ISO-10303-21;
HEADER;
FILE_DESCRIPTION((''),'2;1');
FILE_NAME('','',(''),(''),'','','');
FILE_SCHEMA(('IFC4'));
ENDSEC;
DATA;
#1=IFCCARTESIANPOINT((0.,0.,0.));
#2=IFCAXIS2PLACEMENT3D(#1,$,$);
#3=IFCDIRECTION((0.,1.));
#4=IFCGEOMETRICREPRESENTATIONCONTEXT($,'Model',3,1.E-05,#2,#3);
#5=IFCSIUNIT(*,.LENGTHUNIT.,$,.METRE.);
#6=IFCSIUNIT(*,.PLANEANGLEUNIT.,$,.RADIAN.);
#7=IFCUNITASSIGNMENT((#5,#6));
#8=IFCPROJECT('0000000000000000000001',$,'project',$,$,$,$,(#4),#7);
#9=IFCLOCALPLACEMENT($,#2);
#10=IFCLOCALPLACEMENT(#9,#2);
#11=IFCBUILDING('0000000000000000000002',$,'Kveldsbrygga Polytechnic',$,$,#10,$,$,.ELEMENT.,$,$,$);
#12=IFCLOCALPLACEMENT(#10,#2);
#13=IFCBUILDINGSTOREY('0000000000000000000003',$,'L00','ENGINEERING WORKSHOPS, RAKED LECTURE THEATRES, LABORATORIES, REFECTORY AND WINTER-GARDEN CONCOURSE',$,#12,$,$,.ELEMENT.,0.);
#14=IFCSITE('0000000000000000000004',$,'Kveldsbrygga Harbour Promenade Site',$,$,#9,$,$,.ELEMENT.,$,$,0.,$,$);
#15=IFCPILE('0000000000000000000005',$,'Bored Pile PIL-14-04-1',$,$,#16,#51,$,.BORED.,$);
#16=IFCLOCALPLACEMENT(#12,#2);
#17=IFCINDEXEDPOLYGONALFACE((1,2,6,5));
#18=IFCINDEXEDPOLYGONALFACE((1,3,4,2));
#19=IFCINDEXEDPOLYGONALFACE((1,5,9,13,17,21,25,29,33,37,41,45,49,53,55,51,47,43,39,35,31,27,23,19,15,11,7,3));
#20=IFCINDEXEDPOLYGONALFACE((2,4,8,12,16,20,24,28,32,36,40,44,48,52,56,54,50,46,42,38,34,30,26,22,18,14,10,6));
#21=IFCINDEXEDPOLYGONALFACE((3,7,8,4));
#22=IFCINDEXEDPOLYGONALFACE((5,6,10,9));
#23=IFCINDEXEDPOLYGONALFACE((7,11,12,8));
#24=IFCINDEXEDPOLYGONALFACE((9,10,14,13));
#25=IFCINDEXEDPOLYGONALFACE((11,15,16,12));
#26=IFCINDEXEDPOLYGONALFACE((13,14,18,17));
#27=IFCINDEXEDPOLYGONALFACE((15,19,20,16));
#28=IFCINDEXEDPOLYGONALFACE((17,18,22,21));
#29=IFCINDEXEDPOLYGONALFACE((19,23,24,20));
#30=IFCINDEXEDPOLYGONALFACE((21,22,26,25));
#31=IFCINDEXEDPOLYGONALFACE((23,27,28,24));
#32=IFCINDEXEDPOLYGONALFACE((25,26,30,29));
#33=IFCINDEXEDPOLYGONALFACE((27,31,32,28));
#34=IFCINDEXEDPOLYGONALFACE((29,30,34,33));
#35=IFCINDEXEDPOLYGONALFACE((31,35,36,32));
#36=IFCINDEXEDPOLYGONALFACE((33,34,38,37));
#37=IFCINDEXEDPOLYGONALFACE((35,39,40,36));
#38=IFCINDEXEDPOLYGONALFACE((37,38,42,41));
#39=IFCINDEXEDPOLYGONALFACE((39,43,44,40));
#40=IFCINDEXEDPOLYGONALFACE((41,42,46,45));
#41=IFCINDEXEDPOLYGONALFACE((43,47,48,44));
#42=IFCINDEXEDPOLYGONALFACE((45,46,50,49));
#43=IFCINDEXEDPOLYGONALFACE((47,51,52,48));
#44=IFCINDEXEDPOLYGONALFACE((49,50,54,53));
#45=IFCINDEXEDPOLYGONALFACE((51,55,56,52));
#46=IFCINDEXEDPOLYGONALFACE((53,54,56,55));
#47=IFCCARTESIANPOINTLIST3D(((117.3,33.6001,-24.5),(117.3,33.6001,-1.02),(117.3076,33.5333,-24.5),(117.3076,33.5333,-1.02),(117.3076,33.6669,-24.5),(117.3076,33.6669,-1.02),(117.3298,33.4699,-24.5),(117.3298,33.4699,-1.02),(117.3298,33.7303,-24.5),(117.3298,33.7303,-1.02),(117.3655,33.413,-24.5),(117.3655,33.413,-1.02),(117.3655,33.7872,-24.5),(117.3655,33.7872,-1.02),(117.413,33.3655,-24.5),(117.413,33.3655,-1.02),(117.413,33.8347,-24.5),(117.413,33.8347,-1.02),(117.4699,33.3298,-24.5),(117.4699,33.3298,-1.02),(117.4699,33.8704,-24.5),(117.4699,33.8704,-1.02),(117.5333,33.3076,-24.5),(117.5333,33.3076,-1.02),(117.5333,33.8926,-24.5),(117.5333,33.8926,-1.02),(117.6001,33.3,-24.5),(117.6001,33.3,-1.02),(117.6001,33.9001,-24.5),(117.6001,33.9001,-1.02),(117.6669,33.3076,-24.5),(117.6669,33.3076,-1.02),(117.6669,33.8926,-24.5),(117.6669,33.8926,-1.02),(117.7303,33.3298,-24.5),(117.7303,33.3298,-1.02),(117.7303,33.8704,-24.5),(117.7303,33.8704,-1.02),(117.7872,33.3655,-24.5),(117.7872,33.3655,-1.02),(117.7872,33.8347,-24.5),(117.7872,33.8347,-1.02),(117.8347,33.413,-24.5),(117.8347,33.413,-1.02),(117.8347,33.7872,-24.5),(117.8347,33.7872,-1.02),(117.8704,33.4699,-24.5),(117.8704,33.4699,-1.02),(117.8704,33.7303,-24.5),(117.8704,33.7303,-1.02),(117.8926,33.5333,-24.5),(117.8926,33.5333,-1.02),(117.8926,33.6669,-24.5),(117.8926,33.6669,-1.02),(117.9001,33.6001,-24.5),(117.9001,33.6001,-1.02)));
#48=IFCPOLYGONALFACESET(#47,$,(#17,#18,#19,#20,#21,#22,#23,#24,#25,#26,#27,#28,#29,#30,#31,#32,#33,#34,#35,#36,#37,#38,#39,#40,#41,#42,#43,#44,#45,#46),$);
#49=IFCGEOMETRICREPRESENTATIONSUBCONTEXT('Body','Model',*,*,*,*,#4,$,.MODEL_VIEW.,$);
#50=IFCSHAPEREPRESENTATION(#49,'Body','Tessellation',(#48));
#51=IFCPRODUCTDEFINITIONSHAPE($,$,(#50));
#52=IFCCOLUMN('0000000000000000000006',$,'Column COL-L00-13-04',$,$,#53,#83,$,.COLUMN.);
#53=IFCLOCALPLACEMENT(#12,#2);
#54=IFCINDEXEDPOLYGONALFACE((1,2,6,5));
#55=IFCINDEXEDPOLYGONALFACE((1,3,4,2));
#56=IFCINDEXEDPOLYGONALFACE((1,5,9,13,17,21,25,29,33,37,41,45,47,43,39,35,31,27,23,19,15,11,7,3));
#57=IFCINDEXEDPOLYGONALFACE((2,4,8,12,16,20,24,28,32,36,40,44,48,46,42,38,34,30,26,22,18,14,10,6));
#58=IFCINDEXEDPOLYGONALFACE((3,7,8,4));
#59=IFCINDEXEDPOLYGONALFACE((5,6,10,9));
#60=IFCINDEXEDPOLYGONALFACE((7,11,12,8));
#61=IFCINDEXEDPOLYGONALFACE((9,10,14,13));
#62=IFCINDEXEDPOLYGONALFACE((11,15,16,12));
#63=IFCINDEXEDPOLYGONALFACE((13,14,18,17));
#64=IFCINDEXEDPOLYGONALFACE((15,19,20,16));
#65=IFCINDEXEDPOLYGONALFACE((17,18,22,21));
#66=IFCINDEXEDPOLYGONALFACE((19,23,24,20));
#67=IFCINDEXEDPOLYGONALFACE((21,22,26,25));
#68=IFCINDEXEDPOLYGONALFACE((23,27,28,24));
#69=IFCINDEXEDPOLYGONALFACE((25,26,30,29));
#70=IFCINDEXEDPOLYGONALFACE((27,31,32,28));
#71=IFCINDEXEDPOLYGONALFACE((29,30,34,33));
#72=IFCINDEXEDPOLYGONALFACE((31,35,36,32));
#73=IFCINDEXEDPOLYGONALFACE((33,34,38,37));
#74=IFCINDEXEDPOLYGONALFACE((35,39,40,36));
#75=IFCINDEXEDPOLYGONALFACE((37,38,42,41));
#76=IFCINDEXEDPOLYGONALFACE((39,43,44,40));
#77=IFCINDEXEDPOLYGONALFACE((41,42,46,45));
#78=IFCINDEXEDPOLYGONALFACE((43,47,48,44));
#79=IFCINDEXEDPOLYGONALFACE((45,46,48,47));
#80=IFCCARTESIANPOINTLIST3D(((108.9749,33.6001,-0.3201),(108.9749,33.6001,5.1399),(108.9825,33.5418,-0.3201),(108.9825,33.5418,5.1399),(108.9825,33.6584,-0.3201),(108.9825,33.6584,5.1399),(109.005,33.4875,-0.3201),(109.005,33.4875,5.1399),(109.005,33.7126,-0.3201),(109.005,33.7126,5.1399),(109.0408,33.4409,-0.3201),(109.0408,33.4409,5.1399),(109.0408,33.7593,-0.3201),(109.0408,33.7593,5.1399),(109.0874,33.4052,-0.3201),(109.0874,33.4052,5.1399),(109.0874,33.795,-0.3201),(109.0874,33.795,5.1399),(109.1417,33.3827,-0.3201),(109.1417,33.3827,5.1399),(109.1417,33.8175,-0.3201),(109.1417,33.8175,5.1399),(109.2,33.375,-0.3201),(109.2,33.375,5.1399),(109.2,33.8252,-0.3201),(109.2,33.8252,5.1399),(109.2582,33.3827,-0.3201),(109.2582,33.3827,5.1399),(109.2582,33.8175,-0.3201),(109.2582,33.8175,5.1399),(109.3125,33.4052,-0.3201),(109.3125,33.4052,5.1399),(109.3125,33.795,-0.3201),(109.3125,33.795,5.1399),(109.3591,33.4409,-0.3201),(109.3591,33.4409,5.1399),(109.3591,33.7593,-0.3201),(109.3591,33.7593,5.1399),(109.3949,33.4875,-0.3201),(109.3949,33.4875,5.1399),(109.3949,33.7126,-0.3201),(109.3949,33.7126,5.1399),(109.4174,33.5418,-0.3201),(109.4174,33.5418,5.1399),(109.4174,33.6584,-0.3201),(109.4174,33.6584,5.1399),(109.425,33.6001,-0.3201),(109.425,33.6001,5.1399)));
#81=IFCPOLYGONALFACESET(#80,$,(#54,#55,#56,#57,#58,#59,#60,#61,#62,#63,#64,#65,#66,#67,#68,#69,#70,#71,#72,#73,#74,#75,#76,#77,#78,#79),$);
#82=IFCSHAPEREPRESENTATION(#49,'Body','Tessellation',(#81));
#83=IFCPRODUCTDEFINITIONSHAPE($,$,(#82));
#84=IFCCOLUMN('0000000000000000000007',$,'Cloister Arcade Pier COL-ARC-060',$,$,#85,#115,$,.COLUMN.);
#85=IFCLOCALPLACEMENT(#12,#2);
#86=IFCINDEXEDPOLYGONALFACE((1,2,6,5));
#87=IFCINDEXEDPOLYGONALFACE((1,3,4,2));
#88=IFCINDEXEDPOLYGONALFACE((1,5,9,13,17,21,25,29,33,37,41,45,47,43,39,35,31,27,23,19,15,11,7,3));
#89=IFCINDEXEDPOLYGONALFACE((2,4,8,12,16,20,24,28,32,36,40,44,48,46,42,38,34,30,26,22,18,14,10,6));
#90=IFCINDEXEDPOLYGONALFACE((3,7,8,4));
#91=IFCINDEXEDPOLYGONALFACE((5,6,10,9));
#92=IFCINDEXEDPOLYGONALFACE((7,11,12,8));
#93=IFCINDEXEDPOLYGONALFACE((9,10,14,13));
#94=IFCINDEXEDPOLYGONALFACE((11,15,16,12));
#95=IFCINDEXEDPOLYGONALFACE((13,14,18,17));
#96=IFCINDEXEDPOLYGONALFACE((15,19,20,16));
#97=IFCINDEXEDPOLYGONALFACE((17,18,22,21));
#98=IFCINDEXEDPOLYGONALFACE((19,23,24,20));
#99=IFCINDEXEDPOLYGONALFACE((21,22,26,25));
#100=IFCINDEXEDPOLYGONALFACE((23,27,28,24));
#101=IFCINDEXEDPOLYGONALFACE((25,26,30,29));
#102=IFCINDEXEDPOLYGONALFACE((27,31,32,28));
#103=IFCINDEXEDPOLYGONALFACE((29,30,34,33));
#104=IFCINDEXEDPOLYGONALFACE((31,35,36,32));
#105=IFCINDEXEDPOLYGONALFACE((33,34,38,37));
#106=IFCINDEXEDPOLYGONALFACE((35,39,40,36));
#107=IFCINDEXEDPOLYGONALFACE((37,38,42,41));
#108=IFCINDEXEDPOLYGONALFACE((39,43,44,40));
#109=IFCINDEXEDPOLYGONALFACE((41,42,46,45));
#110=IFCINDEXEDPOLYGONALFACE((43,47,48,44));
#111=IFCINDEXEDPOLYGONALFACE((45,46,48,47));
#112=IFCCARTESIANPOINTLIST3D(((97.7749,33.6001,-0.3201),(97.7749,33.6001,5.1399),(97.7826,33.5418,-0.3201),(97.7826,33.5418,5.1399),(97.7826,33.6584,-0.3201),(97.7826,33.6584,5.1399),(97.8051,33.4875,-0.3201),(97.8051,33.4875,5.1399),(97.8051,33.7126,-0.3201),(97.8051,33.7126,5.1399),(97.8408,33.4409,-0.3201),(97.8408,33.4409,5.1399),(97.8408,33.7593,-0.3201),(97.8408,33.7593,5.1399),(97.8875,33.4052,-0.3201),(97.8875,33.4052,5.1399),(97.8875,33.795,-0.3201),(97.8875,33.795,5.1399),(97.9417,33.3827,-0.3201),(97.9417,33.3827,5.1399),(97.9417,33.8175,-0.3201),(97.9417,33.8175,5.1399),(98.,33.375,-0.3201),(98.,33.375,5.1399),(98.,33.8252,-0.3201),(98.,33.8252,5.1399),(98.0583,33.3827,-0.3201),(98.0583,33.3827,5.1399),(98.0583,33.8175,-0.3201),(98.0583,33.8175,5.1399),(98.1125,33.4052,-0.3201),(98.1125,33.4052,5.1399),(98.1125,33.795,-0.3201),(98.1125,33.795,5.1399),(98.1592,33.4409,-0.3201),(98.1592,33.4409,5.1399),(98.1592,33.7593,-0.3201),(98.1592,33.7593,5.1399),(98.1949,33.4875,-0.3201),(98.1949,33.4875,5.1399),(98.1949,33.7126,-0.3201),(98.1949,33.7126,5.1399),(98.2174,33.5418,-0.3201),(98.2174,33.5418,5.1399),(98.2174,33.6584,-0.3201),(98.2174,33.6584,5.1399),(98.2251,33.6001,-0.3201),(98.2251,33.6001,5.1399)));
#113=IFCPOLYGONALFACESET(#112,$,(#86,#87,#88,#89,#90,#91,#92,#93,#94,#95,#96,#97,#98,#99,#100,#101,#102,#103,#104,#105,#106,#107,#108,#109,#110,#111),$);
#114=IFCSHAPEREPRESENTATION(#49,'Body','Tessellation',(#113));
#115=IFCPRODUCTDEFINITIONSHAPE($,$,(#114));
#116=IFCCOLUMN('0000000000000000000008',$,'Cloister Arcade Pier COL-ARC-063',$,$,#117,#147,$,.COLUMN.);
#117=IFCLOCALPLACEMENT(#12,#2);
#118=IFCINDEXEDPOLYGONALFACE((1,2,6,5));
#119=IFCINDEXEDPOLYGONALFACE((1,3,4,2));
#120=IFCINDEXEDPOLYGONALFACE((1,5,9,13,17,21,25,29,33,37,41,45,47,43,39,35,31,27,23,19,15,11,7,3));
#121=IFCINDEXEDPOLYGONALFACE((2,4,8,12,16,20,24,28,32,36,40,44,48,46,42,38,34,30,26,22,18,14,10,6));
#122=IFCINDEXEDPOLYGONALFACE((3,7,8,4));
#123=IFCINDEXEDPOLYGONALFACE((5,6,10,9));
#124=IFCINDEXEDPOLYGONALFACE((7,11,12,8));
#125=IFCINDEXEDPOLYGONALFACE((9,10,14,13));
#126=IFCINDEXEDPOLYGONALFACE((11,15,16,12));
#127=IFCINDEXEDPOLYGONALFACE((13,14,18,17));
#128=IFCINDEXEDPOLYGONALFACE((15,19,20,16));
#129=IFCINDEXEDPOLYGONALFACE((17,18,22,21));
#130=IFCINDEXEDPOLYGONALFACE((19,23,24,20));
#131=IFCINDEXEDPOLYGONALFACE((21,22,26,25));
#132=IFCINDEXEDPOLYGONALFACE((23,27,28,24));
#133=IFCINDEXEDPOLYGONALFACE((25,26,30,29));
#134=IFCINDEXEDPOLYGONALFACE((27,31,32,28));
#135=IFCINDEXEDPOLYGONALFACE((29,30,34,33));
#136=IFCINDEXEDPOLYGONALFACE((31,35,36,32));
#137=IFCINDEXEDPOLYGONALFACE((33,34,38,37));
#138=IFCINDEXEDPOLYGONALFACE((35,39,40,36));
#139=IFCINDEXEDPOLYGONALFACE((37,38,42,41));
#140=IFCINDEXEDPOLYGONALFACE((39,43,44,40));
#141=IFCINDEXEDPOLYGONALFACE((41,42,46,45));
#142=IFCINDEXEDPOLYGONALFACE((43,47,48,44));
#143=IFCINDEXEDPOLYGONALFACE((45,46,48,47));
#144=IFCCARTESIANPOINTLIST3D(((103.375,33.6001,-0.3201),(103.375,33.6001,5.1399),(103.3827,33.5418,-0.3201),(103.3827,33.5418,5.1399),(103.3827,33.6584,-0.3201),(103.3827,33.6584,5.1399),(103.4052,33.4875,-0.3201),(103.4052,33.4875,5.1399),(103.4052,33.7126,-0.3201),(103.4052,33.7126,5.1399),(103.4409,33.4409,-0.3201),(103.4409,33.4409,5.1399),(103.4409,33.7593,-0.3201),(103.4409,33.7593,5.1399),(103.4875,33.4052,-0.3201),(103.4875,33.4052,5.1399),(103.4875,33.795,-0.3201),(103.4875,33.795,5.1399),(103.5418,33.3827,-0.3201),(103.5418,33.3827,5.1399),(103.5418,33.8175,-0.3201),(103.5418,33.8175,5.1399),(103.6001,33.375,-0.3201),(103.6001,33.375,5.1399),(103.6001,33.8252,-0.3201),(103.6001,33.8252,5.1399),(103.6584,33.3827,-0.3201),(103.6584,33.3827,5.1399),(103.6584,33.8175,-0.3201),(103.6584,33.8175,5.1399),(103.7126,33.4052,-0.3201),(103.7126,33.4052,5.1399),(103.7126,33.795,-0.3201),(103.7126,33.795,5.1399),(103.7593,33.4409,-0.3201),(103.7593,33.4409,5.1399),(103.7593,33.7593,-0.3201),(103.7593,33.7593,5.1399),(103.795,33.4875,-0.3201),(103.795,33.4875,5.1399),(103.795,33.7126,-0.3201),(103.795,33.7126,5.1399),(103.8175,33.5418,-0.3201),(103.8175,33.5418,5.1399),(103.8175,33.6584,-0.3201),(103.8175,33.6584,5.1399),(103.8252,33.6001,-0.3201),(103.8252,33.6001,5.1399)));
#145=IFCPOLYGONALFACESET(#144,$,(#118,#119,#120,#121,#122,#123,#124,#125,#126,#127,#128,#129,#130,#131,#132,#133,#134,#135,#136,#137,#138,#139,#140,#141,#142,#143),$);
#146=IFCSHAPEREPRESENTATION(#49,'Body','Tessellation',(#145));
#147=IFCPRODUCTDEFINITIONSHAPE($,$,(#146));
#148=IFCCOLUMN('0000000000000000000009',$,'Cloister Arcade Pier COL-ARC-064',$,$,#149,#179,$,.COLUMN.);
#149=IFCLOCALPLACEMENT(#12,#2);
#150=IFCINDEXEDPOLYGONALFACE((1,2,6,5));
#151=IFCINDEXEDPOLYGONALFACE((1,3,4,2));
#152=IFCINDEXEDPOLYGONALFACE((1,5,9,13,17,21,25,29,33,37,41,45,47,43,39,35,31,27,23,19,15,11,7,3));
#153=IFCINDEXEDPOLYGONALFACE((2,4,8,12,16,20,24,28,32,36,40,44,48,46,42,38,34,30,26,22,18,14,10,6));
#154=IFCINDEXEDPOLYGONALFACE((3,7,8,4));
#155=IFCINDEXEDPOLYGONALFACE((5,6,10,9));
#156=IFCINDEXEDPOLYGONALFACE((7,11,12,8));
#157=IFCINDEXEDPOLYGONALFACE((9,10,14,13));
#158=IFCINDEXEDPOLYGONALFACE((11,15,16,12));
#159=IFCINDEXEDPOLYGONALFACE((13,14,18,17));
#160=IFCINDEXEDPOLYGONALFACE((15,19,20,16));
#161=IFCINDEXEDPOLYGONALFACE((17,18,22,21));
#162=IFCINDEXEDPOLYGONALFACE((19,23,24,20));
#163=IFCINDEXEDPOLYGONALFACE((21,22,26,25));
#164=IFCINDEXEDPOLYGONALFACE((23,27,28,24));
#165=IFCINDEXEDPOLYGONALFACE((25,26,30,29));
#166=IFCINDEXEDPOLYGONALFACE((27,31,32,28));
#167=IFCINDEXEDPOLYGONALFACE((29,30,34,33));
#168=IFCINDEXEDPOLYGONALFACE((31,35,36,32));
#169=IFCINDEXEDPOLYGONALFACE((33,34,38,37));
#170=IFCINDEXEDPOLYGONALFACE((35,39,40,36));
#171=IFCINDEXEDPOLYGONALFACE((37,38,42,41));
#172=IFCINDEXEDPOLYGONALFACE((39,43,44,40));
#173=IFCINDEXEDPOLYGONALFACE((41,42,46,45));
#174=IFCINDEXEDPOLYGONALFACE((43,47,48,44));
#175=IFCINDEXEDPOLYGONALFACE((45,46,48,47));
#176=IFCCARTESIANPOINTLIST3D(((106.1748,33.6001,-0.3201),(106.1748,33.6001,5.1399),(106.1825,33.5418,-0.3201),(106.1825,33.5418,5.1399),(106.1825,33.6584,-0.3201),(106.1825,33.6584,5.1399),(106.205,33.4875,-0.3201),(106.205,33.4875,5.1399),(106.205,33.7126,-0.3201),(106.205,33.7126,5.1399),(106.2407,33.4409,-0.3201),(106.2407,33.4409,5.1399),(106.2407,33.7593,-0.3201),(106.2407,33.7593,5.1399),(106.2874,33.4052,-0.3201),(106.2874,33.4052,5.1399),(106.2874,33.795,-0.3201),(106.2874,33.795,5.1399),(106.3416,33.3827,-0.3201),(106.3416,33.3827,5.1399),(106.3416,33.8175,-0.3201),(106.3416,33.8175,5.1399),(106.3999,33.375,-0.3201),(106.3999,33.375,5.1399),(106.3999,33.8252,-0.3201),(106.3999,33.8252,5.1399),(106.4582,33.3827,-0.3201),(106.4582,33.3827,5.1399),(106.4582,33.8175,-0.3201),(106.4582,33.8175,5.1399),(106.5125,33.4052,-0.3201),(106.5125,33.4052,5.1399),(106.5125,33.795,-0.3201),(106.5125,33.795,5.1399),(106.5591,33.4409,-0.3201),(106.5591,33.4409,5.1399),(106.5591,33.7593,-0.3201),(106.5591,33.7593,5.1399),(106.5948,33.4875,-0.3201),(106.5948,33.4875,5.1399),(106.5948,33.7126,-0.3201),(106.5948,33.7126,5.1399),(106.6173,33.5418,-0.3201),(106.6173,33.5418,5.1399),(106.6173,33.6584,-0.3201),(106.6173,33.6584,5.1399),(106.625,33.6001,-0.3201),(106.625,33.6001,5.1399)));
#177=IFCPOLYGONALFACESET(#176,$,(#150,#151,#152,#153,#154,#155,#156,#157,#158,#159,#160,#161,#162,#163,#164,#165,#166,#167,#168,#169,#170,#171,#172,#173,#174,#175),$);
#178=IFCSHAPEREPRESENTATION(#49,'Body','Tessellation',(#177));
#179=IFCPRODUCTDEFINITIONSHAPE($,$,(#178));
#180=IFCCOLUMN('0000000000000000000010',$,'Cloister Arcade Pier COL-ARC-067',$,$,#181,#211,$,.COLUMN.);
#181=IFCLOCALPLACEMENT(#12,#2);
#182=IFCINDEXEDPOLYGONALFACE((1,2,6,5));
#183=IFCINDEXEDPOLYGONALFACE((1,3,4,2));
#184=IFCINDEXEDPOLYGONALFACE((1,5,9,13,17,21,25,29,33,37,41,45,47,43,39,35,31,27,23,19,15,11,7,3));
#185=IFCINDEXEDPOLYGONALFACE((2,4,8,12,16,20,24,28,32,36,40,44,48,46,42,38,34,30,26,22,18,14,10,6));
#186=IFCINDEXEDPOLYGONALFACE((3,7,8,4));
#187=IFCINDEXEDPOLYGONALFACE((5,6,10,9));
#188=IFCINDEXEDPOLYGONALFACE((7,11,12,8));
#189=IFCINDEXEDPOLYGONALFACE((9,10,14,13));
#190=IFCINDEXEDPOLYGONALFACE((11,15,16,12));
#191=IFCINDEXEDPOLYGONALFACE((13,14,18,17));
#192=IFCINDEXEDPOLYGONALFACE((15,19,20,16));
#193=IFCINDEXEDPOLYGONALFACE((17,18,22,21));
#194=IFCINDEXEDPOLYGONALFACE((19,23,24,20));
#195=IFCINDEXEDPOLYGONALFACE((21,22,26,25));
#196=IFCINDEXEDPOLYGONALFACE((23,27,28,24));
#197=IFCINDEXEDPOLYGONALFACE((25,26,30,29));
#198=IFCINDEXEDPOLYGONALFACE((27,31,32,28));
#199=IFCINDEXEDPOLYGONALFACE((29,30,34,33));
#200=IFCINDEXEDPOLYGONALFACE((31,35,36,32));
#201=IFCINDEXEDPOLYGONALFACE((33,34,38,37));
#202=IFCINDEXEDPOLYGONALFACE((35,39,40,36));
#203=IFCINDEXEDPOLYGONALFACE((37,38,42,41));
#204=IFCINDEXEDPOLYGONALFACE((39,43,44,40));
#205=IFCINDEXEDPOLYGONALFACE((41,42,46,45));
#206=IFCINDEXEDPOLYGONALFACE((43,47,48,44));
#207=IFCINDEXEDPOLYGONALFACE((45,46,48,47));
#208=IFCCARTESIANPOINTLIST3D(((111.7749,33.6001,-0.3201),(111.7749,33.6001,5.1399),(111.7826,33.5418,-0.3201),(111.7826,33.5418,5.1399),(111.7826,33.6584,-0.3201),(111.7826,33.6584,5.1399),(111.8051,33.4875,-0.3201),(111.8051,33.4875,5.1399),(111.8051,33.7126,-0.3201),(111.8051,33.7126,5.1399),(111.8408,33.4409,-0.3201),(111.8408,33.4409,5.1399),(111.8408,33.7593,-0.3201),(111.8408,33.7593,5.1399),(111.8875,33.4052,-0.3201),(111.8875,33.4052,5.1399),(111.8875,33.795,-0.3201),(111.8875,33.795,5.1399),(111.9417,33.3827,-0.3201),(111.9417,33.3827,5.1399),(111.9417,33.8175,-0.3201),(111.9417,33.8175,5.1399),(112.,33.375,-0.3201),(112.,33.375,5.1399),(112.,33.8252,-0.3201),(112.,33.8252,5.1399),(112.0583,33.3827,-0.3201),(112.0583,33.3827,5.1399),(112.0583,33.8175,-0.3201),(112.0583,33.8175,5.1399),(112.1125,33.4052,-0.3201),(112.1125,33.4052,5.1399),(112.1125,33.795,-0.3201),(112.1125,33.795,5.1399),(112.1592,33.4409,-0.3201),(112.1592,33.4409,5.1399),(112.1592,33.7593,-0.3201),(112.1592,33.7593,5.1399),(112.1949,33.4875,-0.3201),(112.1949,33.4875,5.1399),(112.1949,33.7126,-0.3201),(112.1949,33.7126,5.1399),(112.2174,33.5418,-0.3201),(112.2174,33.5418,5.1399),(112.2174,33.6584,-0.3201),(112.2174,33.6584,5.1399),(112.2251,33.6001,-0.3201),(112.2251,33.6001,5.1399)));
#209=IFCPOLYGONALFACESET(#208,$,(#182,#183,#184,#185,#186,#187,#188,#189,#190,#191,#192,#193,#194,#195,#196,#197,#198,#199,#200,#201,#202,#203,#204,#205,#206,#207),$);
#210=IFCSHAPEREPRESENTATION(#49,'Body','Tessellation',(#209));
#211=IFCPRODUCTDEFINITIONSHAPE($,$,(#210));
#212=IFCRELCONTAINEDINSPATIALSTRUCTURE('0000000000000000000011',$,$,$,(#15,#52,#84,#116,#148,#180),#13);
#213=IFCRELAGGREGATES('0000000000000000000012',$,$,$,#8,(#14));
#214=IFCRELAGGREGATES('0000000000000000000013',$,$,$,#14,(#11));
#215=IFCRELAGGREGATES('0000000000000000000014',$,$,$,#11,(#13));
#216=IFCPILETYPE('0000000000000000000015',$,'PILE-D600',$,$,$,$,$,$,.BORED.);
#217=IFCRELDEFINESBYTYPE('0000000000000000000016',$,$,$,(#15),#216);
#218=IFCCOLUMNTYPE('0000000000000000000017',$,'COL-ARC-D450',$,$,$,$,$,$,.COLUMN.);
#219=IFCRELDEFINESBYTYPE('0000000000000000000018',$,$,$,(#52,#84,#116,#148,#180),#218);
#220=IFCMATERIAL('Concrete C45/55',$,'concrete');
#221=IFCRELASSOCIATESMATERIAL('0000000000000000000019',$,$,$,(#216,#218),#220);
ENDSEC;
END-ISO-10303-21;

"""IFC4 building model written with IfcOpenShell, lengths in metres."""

from ifc_helpers import new_model, si_unit, direction, frame, origin, origin_2d, place, context, subcontext, project, spatial, circle, extrude, material, material_profile, profile_set, type_object, element, save


model = new_model("IFC4")

# Units and contexts
model_context = context("Model", 3, precision=1e-05, world=origin(), true_north=direction((0.0, 1.0)))
body_context = subcontext(model_context, "Body", "Model", "MODEL_VIEW")
ifc_project = project(units=[si_unit("LENGTHUNIT", "METRE"), si_unit("PLANEANGLEUNIT", "RADIAN")], contexts=[model_context])

# Site, building, storey
site_placement = place(None, origin())
site = spatial("IfcSite", under=ifc_project, at=site_placement, Name="Kveldsbrygga Harbour Promenade Site", CompositionType="ELEMENT", RefElevation=0.0)
building_placement = place(site_placement, origin())
building = spatial("IfcBuilding", under=site, at=building_placement, Name="Kveldsbrygga Polytechnic", CompositionType="ELEMENT")
storey_placement = place(building_placement, origin())
storey = spatial("IfcBuildingStorey", under=building, at=storey_placement, Name="L00", Description="ENGINEERING WORKSHOPS, RAKED LECTURE THEATRES, LABORATORIES, REFECTORY AND WINTER-GARDEN CONCOURSE", CompositionType="ELEMENT", Elevation=0.0)

# Pile
ifc_material_1 = material(Name="Concrete C45/55", Category="concrete")
ifc_material_profile_1 = material_profile(ifc_material_1, circle(Radius=0.3, at=origin_2d()), Name="PILE D600")
ifc_profile_set_1 = profile_set([ifc_material_profile_1], Name="Concrete C45/55")
pile_type = type_object("IfcPileType", Name="PILE-D600", PredefinedType="BORED", material=ifc_profile_set_1)
pile_1_placement = place(storey_placement, frame((117.6001, 33.6001, -1.02), z_axis=(0.0, 0.0, -1.0), x_axis=(1.0, 0.0, 0.0)))
element("IfcPile", 1, at=pile_1_placement, inside=storey, type_object=pile_type, Name="Bored Pile PIL-14-04-1", PredefinedType="BORED", context=body_context, shape_type="SweptSolid", body=[
    extrude(circle(Radius=0.3, at=origin_2d()), origin(), (0.0, 0.0, 1.0), 23.48),
])

# Columns
ifc_material_profile_2 = material_profile(ifc_material_1, circle(Radius=0.2251, at=origin_2d()), Name="RC D450")
ifc_profile_set_2 = profile_set([ifc_material_profile_2], Name="Concrete C45/55")
column_type_1 = type_object("IfcColumnType", Name="COL-ARC-D450", PredefinedType="COLUMN", material=ifc_profile_set_2)
for number, where, z_axis, x_axis, name in (
    (2, (109.2, 33.6001, -0.3201), (0.0, 0.0, 1.0), (1.0, 0.0, 0.0), "Column COL-L00-13-04"),
    (3, (98.0, 33.6001, -0.3201), (0.0, 0.0, 1.0), (1.0, 0.0, 0.0), "Cloister Arcade Pier COL-ARC-060"),
    (4, (103.6001, 33.6001, -0.3201), (0.0, 0.0, 1.0), (1.0, 0.0, 0.0), "Cloister Arcade Pier COL-ARC-063"),
    (5, (106.3999, 33.6001, -0.3201), (0.0, 0.0, 1.0), (1.0, 0.0, 0.0), "Cloister Arcade Pier COL-ARC-064"),
    (6, (112.0, 33.6001, -0.3201), (0.0, 0.0, 1.0), (1.0, 0.0, 0.0), "Cloister Arcade Pier COL-ARC-067"),
):
    element("IfcColumn", number, at=place(storey_placement, frame(where, z_axis=z_axis, x_axis=x_axis)), inside=storey, type_object=column_type_1, Name=name, PredefinedType="COLUMN", context=body_context, shape_type="SweptSolid", body=[
        extrude(circle(Radius=0.2251, at=origin_2d()), origin(), (0.0, 0.0, 1.0), 5.46),
    ])

save(model, "model.ifc")
